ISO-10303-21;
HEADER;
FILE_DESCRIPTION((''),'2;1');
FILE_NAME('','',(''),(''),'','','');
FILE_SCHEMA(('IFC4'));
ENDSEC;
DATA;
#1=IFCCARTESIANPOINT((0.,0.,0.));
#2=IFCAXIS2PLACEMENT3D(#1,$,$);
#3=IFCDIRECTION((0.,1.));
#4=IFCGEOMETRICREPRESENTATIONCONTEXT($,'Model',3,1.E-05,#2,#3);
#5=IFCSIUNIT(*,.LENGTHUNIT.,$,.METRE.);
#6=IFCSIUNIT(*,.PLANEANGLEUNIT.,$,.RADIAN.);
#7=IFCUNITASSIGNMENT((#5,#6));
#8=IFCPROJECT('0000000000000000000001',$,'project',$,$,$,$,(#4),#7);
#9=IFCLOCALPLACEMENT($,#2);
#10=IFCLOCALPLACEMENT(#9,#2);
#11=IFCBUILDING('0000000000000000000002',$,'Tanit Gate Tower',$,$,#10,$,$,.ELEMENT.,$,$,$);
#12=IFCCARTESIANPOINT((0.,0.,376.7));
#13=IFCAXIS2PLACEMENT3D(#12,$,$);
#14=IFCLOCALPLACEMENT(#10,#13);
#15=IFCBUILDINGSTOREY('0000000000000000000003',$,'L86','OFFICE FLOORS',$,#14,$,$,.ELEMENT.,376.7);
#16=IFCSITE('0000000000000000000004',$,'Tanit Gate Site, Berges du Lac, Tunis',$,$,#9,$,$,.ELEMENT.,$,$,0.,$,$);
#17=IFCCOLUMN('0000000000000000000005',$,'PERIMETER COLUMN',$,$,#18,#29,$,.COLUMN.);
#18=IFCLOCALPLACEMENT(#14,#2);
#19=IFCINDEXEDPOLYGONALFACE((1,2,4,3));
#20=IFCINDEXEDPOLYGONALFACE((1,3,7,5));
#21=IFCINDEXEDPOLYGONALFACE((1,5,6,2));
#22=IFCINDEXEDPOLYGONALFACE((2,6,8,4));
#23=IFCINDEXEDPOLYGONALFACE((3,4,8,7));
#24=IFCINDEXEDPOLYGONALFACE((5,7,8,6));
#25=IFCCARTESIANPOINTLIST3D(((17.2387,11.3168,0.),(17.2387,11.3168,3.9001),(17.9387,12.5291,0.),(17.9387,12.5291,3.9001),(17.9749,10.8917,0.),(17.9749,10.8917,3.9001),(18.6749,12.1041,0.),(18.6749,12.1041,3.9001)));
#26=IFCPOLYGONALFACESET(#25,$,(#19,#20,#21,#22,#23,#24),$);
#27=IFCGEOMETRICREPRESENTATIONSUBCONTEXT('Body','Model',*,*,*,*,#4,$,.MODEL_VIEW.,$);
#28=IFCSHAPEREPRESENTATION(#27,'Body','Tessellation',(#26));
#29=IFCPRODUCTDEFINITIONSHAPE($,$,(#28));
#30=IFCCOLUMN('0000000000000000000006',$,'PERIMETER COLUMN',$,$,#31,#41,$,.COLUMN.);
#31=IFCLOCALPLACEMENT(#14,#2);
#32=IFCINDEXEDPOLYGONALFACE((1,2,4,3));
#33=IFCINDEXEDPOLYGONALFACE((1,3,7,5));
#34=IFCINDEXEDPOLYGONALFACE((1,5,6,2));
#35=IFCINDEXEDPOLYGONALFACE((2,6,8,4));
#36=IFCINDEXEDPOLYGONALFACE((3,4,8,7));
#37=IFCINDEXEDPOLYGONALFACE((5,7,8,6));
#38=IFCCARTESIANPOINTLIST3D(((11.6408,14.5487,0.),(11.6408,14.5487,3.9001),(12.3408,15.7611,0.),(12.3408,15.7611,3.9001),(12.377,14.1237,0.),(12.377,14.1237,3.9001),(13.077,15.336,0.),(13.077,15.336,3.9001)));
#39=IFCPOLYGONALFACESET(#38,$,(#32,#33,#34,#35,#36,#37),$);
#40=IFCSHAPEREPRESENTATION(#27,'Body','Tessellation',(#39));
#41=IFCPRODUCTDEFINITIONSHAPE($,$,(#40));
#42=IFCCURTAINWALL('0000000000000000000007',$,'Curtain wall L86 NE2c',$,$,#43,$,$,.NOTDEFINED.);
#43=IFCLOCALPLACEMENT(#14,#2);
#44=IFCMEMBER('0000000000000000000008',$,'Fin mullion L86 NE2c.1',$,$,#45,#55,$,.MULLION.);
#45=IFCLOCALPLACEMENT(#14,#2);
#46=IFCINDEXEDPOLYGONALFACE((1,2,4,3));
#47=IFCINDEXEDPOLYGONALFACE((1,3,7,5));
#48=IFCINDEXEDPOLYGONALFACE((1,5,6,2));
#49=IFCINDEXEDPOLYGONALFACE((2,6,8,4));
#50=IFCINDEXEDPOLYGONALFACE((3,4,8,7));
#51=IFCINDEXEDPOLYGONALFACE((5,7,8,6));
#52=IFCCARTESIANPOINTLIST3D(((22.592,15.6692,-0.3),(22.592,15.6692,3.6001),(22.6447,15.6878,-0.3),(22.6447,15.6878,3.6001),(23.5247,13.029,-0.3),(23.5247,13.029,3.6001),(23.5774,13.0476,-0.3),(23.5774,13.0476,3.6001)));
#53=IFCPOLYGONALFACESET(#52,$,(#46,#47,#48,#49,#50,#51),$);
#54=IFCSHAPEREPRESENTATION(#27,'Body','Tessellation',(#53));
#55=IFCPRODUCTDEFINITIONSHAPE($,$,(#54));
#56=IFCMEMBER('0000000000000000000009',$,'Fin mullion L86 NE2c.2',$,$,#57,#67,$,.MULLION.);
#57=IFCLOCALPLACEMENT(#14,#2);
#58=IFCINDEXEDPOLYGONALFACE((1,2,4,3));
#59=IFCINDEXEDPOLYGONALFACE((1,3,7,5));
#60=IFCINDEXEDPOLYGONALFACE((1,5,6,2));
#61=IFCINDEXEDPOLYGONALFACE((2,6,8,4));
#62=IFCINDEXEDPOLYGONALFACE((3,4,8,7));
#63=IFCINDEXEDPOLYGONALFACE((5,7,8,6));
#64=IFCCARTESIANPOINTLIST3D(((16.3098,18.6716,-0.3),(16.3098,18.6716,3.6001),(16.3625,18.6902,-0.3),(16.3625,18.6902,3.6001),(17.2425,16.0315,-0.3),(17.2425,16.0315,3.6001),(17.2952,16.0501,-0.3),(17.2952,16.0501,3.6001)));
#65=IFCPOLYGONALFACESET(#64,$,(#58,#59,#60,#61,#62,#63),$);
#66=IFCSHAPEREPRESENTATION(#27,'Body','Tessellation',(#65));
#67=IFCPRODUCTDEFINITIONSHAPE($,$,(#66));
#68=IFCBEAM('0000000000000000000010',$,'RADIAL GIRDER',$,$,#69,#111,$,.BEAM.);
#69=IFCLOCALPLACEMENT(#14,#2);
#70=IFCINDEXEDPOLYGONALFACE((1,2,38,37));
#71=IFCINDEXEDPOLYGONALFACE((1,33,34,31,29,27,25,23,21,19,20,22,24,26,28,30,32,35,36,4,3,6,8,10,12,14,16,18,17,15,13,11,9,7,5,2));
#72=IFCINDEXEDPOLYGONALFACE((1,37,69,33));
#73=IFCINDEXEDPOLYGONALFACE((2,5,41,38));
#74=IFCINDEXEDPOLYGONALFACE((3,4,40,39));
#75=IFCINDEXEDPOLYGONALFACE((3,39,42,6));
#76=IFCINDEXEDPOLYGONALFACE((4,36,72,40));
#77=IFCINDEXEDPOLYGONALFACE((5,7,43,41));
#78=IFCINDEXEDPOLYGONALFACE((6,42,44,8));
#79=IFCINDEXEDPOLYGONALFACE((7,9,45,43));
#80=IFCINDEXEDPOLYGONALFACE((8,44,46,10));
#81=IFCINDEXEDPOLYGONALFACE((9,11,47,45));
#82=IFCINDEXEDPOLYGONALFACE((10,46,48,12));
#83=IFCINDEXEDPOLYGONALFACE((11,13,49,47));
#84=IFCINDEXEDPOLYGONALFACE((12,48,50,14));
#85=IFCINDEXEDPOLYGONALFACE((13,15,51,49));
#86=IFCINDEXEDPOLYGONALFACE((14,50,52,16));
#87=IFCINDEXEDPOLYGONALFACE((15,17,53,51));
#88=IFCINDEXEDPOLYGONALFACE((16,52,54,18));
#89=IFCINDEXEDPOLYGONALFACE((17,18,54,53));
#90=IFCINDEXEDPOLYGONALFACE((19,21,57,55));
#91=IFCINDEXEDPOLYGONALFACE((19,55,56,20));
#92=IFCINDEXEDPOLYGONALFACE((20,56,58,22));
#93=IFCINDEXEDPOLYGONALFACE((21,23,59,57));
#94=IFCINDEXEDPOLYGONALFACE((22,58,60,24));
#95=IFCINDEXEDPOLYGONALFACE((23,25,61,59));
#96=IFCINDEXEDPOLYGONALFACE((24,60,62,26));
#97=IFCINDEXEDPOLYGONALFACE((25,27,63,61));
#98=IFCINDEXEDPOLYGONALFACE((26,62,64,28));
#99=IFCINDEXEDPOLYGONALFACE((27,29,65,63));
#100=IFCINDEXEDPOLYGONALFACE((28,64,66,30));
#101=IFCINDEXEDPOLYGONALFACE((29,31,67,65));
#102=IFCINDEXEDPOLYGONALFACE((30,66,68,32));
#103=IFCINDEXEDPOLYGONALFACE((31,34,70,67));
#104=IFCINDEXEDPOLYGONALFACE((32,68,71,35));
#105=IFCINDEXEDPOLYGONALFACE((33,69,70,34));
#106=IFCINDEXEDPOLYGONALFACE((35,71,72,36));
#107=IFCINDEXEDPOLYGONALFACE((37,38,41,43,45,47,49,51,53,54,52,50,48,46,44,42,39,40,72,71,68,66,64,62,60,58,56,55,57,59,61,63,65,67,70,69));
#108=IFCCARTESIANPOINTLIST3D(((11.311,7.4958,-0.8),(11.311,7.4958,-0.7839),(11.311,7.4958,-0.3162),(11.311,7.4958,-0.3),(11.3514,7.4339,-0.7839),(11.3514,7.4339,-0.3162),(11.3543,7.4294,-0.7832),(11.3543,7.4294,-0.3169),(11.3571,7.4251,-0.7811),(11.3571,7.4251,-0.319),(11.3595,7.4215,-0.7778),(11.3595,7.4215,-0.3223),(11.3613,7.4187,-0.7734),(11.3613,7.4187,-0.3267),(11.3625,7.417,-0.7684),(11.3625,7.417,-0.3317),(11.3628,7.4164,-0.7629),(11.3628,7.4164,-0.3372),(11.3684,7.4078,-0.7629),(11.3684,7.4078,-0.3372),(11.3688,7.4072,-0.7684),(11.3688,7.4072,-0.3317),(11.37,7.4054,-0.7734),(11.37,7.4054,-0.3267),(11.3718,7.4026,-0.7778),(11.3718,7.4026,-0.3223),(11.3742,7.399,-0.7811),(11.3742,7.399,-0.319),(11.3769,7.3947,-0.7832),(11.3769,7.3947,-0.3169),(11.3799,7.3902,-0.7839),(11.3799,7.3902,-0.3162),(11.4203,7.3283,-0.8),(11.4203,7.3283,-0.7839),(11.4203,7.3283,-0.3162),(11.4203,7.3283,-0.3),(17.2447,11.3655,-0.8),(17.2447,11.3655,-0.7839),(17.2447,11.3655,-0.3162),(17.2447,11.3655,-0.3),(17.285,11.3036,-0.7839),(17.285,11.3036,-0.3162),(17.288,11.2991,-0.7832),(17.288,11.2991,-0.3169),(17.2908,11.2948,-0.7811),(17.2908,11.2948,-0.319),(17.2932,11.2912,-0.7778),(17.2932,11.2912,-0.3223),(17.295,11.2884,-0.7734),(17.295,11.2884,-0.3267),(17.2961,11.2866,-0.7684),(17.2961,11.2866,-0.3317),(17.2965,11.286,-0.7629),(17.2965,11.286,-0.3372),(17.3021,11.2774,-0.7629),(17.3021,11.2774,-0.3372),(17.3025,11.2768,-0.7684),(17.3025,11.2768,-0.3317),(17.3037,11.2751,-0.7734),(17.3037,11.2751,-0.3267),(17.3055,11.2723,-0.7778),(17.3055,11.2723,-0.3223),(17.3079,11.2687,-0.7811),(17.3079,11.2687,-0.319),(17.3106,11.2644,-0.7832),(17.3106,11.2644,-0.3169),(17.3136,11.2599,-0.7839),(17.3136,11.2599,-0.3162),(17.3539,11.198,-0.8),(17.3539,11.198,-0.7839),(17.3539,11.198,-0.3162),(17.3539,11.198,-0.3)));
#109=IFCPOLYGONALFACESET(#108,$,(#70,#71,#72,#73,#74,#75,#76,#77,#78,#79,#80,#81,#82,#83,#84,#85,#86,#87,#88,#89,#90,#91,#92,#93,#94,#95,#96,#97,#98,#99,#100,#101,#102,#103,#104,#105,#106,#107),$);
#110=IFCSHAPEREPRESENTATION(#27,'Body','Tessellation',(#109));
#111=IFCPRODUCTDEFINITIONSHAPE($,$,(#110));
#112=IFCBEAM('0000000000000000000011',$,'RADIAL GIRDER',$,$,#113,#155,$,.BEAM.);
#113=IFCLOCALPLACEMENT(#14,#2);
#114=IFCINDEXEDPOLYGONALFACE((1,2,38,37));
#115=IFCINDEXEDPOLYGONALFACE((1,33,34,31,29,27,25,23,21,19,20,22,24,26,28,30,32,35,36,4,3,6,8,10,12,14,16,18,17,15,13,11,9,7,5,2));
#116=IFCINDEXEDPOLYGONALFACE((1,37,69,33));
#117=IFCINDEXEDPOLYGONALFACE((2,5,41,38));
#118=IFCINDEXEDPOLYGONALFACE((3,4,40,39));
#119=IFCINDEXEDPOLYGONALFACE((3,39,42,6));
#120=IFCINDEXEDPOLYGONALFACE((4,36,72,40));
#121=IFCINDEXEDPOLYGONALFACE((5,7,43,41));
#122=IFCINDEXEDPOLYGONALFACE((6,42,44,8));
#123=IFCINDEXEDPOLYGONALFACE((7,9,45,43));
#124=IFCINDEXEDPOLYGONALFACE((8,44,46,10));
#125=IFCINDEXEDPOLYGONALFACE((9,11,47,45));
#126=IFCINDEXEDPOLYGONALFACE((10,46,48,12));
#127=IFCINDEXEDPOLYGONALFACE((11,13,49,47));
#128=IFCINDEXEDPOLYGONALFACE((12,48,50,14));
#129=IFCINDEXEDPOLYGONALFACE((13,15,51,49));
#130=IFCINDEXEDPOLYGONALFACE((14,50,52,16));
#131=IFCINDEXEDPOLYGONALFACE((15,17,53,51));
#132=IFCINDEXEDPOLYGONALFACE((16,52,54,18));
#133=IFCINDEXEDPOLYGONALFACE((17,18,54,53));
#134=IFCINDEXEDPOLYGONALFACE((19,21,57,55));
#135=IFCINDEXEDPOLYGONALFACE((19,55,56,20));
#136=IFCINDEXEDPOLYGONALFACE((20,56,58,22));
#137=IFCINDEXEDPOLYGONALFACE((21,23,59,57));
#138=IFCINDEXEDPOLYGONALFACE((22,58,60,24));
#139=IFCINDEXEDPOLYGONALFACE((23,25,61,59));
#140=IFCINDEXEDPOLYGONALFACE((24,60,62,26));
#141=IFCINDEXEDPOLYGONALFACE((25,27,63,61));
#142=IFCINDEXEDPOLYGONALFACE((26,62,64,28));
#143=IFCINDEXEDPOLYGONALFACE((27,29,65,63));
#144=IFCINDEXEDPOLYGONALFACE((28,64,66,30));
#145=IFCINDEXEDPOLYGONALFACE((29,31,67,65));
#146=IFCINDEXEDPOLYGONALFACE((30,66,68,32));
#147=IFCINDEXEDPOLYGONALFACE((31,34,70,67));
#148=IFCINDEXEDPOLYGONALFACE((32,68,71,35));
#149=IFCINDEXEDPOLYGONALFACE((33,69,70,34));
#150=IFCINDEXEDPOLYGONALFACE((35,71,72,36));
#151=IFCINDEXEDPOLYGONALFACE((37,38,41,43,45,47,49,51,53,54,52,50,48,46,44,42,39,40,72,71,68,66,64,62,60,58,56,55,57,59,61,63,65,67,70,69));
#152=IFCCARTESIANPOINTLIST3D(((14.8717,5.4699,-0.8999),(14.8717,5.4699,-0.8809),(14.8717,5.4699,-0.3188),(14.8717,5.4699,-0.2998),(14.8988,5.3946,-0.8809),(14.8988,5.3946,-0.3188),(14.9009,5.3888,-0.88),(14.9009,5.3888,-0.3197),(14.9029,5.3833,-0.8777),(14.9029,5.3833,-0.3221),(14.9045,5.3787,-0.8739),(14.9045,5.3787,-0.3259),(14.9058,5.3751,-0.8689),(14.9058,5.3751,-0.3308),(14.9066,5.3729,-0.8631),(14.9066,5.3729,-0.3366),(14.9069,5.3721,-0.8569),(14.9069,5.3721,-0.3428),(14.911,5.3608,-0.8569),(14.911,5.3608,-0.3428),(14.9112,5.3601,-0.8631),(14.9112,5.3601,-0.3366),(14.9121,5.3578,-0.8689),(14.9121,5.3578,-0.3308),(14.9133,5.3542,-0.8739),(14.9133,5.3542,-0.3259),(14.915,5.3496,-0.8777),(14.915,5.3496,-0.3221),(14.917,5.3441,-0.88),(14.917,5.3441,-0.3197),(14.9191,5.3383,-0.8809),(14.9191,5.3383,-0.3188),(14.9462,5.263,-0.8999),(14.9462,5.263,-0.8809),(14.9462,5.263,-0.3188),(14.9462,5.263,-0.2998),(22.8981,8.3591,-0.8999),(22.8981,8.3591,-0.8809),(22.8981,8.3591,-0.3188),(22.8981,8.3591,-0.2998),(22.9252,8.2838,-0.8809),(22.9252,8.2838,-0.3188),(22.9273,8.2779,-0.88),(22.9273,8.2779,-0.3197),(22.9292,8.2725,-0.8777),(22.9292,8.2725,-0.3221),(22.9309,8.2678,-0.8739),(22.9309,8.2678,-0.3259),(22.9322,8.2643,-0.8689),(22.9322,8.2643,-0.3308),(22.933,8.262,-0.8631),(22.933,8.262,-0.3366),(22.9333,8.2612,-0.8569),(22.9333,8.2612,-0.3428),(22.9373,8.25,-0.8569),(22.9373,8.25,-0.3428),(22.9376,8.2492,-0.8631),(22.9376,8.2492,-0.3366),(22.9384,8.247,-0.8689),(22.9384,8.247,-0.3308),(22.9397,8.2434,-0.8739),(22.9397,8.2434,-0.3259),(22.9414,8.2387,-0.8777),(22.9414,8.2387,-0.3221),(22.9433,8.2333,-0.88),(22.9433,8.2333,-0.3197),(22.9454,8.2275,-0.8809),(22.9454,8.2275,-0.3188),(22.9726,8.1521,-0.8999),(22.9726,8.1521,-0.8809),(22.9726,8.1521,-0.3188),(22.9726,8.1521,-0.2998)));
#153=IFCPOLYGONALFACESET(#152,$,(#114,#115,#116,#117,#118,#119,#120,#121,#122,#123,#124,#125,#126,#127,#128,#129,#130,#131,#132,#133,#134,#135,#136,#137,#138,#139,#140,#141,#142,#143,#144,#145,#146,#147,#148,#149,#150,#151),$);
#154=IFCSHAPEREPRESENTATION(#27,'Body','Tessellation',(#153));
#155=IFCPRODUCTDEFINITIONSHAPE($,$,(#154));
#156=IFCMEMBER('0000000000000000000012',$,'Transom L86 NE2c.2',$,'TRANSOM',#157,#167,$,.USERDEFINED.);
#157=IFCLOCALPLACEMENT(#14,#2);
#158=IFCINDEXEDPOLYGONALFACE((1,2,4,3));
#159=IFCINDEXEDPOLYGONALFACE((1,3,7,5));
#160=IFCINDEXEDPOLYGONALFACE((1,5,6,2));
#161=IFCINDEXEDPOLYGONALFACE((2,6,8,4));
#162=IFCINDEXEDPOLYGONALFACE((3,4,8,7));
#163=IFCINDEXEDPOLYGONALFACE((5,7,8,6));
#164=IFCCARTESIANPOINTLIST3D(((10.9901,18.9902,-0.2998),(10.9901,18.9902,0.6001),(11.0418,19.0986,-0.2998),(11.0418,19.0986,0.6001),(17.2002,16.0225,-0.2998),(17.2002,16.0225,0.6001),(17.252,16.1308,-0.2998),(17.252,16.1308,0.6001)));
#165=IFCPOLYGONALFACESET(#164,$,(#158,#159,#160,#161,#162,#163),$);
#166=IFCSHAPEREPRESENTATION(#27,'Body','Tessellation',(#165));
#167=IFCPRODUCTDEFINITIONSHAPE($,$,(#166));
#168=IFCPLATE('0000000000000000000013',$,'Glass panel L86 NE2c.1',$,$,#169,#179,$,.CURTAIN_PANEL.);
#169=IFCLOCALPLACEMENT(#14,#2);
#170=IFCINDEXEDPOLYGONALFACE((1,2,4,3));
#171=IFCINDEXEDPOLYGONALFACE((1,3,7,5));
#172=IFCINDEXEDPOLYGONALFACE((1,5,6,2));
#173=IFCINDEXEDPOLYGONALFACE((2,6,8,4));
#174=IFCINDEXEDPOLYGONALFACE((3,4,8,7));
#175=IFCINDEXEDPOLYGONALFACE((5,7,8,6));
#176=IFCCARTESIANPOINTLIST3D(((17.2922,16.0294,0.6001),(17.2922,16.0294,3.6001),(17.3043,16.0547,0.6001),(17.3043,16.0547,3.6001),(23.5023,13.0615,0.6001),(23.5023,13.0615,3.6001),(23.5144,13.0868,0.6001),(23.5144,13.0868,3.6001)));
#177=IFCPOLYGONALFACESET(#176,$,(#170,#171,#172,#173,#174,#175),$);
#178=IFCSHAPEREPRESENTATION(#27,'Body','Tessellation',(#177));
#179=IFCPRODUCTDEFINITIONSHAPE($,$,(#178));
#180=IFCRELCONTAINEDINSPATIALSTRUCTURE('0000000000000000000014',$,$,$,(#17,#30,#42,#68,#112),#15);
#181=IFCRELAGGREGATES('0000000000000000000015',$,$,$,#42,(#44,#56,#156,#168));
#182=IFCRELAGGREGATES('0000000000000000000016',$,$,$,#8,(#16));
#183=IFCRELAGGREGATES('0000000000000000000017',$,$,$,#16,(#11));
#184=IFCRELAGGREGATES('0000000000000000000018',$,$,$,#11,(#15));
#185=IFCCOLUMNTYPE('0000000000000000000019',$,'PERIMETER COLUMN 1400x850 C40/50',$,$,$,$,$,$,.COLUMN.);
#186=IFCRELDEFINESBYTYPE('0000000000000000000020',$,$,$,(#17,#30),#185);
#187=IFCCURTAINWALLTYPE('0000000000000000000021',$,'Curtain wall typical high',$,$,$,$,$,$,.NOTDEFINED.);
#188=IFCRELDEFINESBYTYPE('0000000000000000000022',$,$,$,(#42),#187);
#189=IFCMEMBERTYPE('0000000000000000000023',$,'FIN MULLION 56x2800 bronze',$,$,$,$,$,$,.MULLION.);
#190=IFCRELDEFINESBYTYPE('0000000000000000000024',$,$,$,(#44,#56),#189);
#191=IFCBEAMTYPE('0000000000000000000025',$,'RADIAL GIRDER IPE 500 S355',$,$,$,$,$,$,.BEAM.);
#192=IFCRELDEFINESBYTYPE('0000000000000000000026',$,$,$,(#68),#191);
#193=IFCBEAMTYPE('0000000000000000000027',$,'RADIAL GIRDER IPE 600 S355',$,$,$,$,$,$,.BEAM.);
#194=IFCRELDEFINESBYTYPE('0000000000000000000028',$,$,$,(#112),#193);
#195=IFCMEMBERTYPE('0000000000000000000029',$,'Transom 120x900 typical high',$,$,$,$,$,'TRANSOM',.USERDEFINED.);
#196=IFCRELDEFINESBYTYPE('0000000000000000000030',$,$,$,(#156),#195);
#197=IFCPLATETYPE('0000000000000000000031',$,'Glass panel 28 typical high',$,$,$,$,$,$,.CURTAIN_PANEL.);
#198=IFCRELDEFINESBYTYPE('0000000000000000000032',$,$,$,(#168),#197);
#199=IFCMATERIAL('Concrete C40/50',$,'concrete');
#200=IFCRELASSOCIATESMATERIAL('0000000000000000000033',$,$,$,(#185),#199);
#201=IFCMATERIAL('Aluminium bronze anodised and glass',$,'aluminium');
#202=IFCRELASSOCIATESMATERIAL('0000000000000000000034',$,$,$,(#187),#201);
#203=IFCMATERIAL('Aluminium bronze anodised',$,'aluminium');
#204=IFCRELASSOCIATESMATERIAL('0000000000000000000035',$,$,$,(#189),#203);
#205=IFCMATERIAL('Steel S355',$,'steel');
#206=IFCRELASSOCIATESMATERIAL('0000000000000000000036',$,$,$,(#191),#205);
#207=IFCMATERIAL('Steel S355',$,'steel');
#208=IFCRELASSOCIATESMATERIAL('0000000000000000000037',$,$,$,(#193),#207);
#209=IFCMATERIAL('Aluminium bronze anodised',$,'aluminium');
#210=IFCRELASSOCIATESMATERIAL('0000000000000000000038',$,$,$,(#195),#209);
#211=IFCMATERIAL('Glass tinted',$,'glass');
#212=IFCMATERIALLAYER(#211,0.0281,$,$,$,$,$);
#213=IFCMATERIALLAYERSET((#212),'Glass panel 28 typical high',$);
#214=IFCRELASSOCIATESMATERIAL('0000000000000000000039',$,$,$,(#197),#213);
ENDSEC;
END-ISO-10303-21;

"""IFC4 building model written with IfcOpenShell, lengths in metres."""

from ifc_helpers import new_model, si_unit, direction, frame, origin, origin_2d, place, context, subcontext, project, spatial, rectangle, i_section, extrude, material, layer, layer_set, material_profile, profile_set, type_object, element, aggregate, save


model = new_model("IFC4")

# Units and contexts
model_context = context("Model", 3, precision=1e-05, world=origin(), true_north=direction((0.0, 1.0)))
body_context = subcontext(model_context, "Body", "Model", "MODEL_VIEW")
ifc_project = project(units=[si_unit("LENGTHUNIT", "METRE"), si_unit("PLANEANGLEUNIT", "RADIAN")], contexts=[model_context])

# Site, building, storey
site_placement = place(None, origin())
site = spatial("IfcSite", under=ifc_project, at=site_placement, Name="Tanit Gate Site, Berges du Lac, Tunis", CompositionType="ELEMENT", RefElevation=0.0)
building_placement = place(site_placement, origin())
building = spatial("IfcBuilding", under=site, at=building_placement, Name="Tanit Gate Tower", CompositionType="ELEMENT")
storey_placement = place(building_placement, frame((0.0, 0.0, 376.7)))
storey = spatial("IfcBuildingStorey", under=building, at=storey_placement, Name="L86", Description="OFFICE FLOORS", CompositionType="ELEMENT", Elevation=376.7)

# Columns
ifc_material_1 = material(Name="Concrete C40/50", Category="concrete")
ifc_material_profile_1 = material_profile(ifc_material_1, rectangle(XDim=1.3999, YDim=0.8501, at=origin_2d()), Name="RC 1400x850")
ifc_profile_set_1 = profile_set([ifc_material_profile_1], Name="Concrete C40/50")
column_type = type_object("IfcColumnType", Name="PERIMETER COLUMN 1400x850 C40/50", PredefinedType="COLUMN", material=ifc_profile_set_1)
for number, where, z_axis, x_axis, name in (
    (1, (17.9568, 11.7104, 0.0), (0.0, 0.0, 1.0), (0.5, 0.866025, 0.0), "PERIMETER COLUMN"),
    (2, (12.3589, 14.9424, 0.0), (0.0, 0.0, 1.0), (0.5, 0.866025, 0.0), "PERIMETER COLUMN"),
):
    element("IfcColumn", number, at=place(storey_placement, frame(where, z_axis=z_axis, x_axis=x_axis)), inside=storey, type_object=column_type, Name=name, PredefinedType="COLUMN", context=body_context, shape_type="SweptSolid", body=[
        extrude(rectangle(XDim=1.3999, YDim=0.8501, at=origin_2d()), origin(), (0.0, 0.0, 1.0), 3.9001),
    ])

# Curtain wall, members
ifc_material_2 = material(Name="Aluminium bronze anodised and glass", Category="aluminium")
curtain_wall_type = type_object("IfcCurtainWallType", Name="Curtain wall typical high", PredefinedType="NOTDEFINED", material=ifc_material_2)
curtain_wall_placement = place(storey_placement, origin())
curtain_wall = element("IfcCurtainWall", 3, at=curtain_wall_placement, inside=storey, type_object=curtain_wall_type, Name="Curtain wall L86 NE2c", PredefinedType="NOTDEFINED")
ifc_material_3 = material(Name="Aluminium bronze anodised", Category="aluminium")
ifc_material_profile_2 = material_profile(ifc_material_3, rectangle(XDim=2.8, YDim=0.0559, at=origin_2d()), Name="56x2800 bronze fin mullion")
ifc_profile_set_2 = profile_set([ifc_material_profile_2], Name="Aluminium bronze anodised")
member_type_1 = type_object("IfcMemberType", Name="FIN MULLION 56x2800 bronze", PredefinedType="MULLION", material=ifc_profile_set_2)
member_1_placement = place(storey_placement, frame((23.0847, 14.3584, -0.3), z_axis=(0.0, 0.0, 1.0), x_axis=(0.33309, -0.942895, 0.0)))
member_1 = element("IfcMember", 4, at=member_1_placement, type_object=member_type_1, Name="Fin mullion L86 NE2c.1", PredefinedType="MULLION", context=body_context, shape_type="SweptSolid", body=[
    extrude(rectangle(XDim=2.8, YDim=0.0559, at=origin_2d()), origin(), (0.0, 0.0, 1.0), 3.9001),
])
member_2_placement = place(storey_placement, frame((16.8025, 17.3608, -0.3), z_axis=(0.0, 0.0, 1.0), x_axis=(0.33309, -0.942895, 0.0)))
member_2 = element("IfcMember", 5, at=member_2_placement, type_object=member_type_1, Name="Fin mullion L86 NE2c.2", PredefinedType="MULLION", context=body_context, shape_type="SweptSolid", body=[
    extrude(rectangle(XDim=2.8, YDim=0.0559, at=origin_2d()), origin(), (0.0, 0.0, 1.0), 3.9001),
])

# Beams
ifc_material_4 = material(Name="Steel S355", Category="steel")
ifc_material_profile_3 = material_profile(ifc_material_4, i_section(OverallWidth=0.2, OverallDepth=0.5, WebThickness=0.0103, FlangeThickness=0.0161, FilletRadius=0.021, at=origin_2d()), Name="IPE 500")
ifc_profile_set_3 = profile_set([ifc_material_profile_3], Name="Steel S355")
beam_type_1 = type_object("IfcBeamType", Name="RADIAL GIRDER IPE 500 S355", PredefinedType="BEAM", material=ifc_profile_set_3)
beam_1_placement = place(storey_placement, frame((17.2993, 11.2817, -0.55), z_axis=(-0.837617, -0.546257, 0.0), x_axis=(0.546257, -0.837617, 0.0)))
element("IfcBeam", 6, at=beam_1_placement, inside=storey, type_object=beam_type_1, Name="RADIAL GIRDER", PredefinedType="BEAM", context=body_context, shape_type="SweptSolid", body=[
    extrude(i_section(OverallWidth=0.2, OverallDepth=0.5, WebThickness=0.0103, FlangeThickness=0.0161, FilletRadius=0.021, at=origin_2d()), origin(), (0.0, 0.0, 1.0), 7.084),
])
ifc_material_5 = material(Name="Steel S355", Category="steel")
ifc_material_profile_4 = material_profile(ifc_material_5, i_section(OverallWidth=0.22, OverallDepth=0.6001, WebThickness=0.012, FlangeThickness=0.019, FilletRadius=0.0239, at=origin_2d()), Name="IPE 600")
ifc_profile_set_4 = profile_set([ifc_material_profile_4], Name="Steel S355")
beam_type_2 = type_object("IfcBeamType", Name="RADIAL GIRDER IPE 600 S355", PredefinedType="BEAM", material=ifc_profile_set_4)
beam_2_placement = place(storey_placement, frame((22.9353, 8.2556, -0.5999), z_axis=(-0.9409, -0.338685, 0.0), x_axis=(0.338685, -0.9409, 0.0)))
element("IfcBeam", 7, at=beam_2_placement, inside=storey, type_object=beam_type_2, Name="RADIAL GIRDER", PredefinedType="BEAM", context=body_context, shape_type="SweptSolid", body=[
    extrude(i_section(OverallWidth=0.22, OverallDepth=0.6001, WebThickness=0.012, FlangeThickness=0.019, FilletRadius=0.0239, at=origin_2d()), origin(), (0.0, 0.0, 1.0), 8.5305),
])

# Member
ifc_material_6 = material(Name="Aluminium bronze anodised", Category="aluminium")
ifc_material_profile_5 = material_profile(ifc_material_6, rectangle(XDim=0.1201, YDim=0.8999, at=origin_2d()), Name="120x900 bronze transom")
ifc_profile_set_5 = profile_set([ifc_material_profile_5], Name="Aluminium bronze anodised")
member_type_2 = type_object("IfcMemberType", Name="Transom 120x900 typical high", ElementType="TRANSOM", PredefinedType="USERDEFINED", material=ifc_profile_set_5)
member_3_placement = place(storey_placement, frame((17.2261, 16.0767, 0.1501), z_axis=(-0.902266, 0.431181, 0.0), x_axis=(-0.431181, -0.902266, 0.0)))
member_3 = element("IfcMember", 8, at=member_3_placement, type_object=member_type_2, Name="Transom L86 NE2c.2", ObjectType="TRANSOM", PredefinedType="USERDEFINED", context=body_context, shape_type="SweptSolid", body=[
    extrude(rectangle(XDim=0.1201, YDim=0.8999, at=origin_2d()), origin(), (0.0, 0.0, 1.0), 6.8828),
])

# Plate
ifc_material_7 = material(Name="Glass tinted", Category="glass")
ifc_layer_1 = layer(ifc_material_7, 0.0281)
ifc_layer_set_1 = layer_set([ifc_layer_1], Name="Glass panel 28 typical high")
plate_type = type_object("IfcPlateType", Name="Glass panel 28 typical high", PredefinedType="CURTAIN_PANEL", material=ifc_layer_set_1)
plate_1_placement = place(storey_placement, frame((20.4033, 14.5581, 0.6001), z_axis=(0.0, 0.0, 1.0), x_axis=(-0.902258, 0.431197, 0.0)))
plate_1 = element("IfcPlate", 9, at=plate_1_placement, type_object=plate_type, Name="Glass panel L86 NE2c.1", PredefinedType="CURTAIN_PANEL", context=body_context, shape_type="SweptSolid", body=[
    extrude(rectangle(XDim=6.8828, YDim=0.0281, at=origin_2d()), origin(), (0.0, 0.0, 1.0), 3.0),
])
aggregate(curtain_wall, [member_1, member_2, member_3, plate_1])

save(model, "model.ifc")
